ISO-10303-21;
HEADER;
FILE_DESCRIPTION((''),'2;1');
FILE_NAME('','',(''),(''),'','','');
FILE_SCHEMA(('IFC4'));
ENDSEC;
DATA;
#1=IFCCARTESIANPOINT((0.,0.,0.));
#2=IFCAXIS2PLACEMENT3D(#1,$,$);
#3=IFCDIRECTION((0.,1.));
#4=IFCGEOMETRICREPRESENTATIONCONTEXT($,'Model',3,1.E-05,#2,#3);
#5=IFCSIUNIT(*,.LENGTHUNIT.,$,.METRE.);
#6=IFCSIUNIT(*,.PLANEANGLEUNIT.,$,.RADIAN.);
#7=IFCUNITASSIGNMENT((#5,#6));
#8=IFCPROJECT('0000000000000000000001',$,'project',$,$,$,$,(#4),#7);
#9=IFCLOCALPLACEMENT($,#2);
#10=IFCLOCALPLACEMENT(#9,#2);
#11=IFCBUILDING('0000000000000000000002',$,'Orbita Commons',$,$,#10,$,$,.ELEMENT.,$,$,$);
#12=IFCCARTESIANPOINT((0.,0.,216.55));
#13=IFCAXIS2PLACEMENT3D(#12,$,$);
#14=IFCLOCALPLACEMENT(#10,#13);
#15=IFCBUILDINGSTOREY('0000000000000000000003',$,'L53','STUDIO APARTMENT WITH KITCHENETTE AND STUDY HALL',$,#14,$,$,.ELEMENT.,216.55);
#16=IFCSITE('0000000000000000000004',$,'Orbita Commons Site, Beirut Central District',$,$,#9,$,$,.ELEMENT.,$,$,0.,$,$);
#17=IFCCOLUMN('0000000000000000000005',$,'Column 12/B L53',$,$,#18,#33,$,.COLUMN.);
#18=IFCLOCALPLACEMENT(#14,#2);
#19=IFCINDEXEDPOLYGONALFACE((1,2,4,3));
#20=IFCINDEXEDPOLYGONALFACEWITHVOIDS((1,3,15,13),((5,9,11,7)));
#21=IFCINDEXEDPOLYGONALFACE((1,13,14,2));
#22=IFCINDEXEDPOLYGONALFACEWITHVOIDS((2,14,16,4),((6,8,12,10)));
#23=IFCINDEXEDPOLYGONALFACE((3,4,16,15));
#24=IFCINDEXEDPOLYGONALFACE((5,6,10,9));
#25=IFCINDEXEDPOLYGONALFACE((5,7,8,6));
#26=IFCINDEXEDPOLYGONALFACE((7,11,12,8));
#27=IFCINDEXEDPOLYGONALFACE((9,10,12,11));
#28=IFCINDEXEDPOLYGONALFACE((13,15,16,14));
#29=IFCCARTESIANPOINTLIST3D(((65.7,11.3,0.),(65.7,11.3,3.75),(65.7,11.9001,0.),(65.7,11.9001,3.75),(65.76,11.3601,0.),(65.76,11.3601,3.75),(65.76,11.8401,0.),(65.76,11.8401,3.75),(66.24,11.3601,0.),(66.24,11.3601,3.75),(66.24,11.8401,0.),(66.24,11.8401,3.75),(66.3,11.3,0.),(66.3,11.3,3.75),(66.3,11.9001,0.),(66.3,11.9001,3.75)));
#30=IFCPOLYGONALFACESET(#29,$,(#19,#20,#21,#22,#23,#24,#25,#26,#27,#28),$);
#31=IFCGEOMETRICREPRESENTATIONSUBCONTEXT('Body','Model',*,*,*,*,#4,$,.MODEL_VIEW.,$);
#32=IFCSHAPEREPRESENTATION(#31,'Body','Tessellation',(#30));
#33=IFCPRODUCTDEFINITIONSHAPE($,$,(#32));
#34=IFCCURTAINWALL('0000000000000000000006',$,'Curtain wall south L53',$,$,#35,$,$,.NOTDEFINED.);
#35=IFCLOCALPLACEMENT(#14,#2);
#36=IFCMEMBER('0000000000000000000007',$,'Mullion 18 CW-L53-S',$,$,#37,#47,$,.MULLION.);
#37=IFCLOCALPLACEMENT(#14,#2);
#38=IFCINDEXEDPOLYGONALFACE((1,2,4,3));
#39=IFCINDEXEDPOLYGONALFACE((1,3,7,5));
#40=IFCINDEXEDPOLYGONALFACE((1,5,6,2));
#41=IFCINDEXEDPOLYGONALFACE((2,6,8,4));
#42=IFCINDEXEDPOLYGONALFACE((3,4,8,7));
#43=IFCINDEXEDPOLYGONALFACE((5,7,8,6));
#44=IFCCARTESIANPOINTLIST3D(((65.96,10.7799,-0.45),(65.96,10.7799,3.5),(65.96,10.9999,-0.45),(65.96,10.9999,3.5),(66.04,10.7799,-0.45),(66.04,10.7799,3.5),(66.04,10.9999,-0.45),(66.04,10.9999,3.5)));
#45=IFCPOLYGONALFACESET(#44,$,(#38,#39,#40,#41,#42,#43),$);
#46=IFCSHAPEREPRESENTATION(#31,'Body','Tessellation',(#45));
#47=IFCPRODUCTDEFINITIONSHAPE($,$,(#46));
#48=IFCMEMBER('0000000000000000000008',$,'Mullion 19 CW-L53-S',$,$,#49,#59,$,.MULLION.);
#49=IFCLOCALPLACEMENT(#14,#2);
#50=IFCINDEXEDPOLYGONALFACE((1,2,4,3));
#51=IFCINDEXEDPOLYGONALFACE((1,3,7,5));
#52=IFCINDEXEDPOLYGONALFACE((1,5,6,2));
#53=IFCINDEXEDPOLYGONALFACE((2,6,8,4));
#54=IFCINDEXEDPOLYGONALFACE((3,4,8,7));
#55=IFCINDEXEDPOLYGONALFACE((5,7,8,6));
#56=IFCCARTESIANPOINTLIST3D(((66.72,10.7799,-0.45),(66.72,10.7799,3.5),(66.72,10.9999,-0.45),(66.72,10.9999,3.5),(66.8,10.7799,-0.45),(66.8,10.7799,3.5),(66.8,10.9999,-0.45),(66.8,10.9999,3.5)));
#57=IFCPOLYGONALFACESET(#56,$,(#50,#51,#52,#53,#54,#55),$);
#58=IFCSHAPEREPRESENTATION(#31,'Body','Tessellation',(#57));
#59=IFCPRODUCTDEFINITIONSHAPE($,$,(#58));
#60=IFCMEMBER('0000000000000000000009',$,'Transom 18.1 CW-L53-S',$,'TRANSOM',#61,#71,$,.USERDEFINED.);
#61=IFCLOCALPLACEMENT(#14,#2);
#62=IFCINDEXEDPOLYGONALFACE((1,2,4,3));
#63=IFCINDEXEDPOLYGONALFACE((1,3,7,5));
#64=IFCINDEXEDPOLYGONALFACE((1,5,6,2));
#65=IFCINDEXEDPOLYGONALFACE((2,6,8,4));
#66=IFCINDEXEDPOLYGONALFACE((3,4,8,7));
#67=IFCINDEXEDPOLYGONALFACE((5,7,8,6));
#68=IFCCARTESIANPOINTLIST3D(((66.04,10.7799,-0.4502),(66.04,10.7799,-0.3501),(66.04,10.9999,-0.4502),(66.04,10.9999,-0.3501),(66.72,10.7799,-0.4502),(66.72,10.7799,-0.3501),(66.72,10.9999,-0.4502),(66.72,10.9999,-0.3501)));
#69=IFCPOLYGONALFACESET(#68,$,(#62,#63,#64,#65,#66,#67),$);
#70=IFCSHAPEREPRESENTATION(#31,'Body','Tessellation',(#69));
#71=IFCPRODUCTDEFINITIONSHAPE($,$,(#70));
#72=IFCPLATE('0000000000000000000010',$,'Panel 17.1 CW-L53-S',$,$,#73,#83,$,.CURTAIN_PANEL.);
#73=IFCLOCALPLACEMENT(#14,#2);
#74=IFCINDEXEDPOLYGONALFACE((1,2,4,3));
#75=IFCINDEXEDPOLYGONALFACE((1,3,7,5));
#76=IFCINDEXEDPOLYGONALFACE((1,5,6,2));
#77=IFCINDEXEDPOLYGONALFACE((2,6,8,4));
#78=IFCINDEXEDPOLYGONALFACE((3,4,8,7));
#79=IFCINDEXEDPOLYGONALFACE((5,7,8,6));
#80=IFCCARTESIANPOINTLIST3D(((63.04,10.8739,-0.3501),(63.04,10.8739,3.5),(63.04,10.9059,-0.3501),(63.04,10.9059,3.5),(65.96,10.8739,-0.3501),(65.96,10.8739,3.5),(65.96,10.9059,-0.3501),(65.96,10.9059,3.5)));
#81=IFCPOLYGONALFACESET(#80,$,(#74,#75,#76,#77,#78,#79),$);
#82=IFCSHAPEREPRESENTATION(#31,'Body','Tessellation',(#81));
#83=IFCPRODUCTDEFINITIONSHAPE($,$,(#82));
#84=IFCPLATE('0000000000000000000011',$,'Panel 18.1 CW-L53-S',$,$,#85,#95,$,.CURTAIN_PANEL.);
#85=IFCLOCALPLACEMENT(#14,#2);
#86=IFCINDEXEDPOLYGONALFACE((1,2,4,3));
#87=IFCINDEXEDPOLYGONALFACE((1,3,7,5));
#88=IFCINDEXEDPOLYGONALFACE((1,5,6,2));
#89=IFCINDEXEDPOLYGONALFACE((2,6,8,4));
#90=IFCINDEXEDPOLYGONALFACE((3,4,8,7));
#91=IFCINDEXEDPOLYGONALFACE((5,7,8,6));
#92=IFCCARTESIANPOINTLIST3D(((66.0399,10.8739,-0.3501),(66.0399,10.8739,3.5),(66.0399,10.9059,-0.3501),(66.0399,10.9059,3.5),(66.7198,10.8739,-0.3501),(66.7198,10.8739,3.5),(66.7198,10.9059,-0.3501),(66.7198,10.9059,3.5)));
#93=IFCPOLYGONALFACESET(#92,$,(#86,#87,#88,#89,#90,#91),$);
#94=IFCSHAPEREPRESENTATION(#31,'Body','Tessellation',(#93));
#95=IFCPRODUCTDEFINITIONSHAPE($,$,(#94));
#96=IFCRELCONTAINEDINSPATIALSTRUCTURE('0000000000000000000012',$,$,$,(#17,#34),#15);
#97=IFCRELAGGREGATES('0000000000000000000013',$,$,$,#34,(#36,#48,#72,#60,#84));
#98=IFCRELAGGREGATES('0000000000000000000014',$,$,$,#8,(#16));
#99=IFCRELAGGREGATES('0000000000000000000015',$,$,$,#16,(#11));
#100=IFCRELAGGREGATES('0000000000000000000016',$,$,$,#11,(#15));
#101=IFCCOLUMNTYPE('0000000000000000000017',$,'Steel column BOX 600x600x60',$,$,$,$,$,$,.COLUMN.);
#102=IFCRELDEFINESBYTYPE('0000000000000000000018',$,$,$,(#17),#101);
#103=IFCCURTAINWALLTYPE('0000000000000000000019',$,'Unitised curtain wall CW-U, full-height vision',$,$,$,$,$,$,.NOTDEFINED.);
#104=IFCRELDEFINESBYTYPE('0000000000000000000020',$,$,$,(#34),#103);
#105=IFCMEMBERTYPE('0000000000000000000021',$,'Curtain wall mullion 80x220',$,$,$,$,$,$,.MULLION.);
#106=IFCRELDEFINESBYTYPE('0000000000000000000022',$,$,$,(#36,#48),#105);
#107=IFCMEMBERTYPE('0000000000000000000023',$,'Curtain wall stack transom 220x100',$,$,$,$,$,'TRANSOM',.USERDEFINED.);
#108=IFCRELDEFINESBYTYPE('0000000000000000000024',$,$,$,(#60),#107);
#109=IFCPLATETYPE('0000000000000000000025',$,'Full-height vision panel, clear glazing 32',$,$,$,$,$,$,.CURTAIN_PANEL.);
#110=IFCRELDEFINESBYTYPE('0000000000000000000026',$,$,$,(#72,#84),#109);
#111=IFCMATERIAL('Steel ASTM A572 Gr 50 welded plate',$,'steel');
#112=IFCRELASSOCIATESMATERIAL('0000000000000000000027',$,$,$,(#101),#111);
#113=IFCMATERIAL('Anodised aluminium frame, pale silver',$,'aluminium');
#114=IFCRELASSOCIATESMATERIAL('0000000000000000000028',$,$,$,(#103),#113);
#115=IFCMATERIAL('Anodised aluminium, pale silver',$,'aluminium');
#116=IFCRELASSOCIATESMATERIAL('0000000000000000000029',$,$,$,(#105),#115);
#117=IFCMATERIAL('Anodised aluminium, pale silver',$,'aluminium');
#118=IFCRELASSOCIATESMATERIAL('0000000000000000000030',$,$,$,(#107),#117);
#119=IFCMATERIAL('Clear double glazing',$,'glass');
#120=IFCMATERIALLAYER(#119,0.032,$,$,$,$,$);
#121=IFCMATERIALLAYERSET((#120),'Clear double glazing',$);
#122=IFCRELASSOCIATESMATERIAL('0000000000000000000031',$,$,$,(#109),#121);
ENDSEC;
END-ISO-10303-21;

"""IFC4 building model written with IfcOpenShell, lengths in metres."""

from ifc_helpers import new_model, si_unit, direction, frame, origin, origin_2d, place, context, subcontext, project, spatial, rectangle, hollow_rectangle, extrude, material, layer, layer_set, material_profile, profile_set, type_object, element, aggregate, save


model = new_model("IFC4")

# Units and contexts
model_context = context("Model", 3, precision=1e-05, world=origin(), true_north=direction((0.0, 1.0)))
body_context = subcontext(model_context, "Body", "Model", "MODEL_VIEW")
ifc_project = project(units=[si_unit("LENGTHUNIT", "METRE"), si_unit("PLANEANGLEUNIT", "RADIAN")], contexts=[model_context])

# Site, building, storey
site_placement = place(None, origin())
site = spatial("IfcSite", under=ifc_project, at=site_placement, Name="Orbita Commons Site, Beirut Central District", CompositionType="ELEMENT", RefElevation=0.0)
building_placement = place(site_placement, origin())
building = spatial("IfcBuilding", under=site, at=building_placement, Name="Orbita Commons", CompositionType="ELEMENT")
storey_placement = place(building_placement, frame((0.0, 0.0, 216.55)))
storey = spatial("IfcBuildingStorey", under=building, at=storey_placement, Name="L53", Description="STUDIO APARTMENT WITH KITCHENETTE AND STUDY HALL", CompositionType="ELEMENT", Elevation=216.55)

# Column
ifc_material_1 = material(Name="Steel ASTM A572 Gr 50 welded plate", Category="steel")
ifc_material_profile_1 = material_profile(ifc_material_1, hollow_rectangle(XDim=0.6001, YDim=0.6001, WallThickness=0.0601, at=origin_2d()), Name="BOX 600x600x60")
ifc_profile_set_1 = profile_set([ifc_material_profile_1], Name="Steel ASTM A572 Gr 50 welded plate")
column_type = type_object("IfcColumnType", Name="Steel column BOX 600x600x60", PredefinedType="COLUMN", material=ifc_profile_set_1)
column_placement = place(storey_placement, frame((66.0, 11.6001, 0.0), z_axis=(0.0, 0.0, 1.0), x_axis=(1.0, 0.0, 0.0)))
element("IfcColumn", 1, at=column_placement, inside=storey, type_object=column_type, Name="Column 12/B L53", PredefinedType="COLUMN", context=body_context, shape_type="SweptSolid", body=[
    extrude(hollow_rectangle(XDim=0.6001, YDim=0.6001, WallThickness=0.0601, at=origin_2d()), origin(), (0.0, 0.0, 1.0), 3.75),
])

# Curtain wall, members, plates
ifc_material_2 = material(Name="Anodised aluminium frame, pale silver", Category="aluminium")
curtain_wall_type = type_object("IfcCurtainWallType", Name="Unitised curtain wall CW-U, full-height vision", PredefinedType="NOTDEFINED", material=ifc_material_2)
curtain_wall_placement = place(storey_placement, origin())
curtain_wall = element("IfcCurtainWall", 2, at=curtain_wall_placement, inside=storey, type_object=curtain_wall_type, Name="Curtain wall south L53", PredefinedType="NOTDEFINED")
ifc_material_3 = material(Name="Anodised aluminium, pale silver", Category="aluminium")
ifc_material_profile_2 = material_profile(ifc_material_3, rectangle(XDim=0.0801, YDim=0.22, at=origin_2d()), Name="AL 80x220")
ifc_profile_set_2 = profile_set([ifc_material_profile_2], Name="Anodised aluminium, pale silver")
member_type_1 = type_object("IfcMemberType", Name="Curtain wall mullion 80x220", PredefinedType="MULLION", material=ifc_profile_set_2)
member_1_placement = place(storey_placement, frame((66.0, 10.8899, -0.45), z_axis=(0.0, 0.0, 1.0), x_axis=(1.0, 0.0, 0.0)))
member_1 = element("IfcMember", 3, at=member_1_placement, type_object=member_type_1, Name="Mullion 18 CW-L53-S", PredefinedType="MULLION", context=body_context, shape_type="SweptSolid", body=[
    extrude(rectangle(XDim=0.0801, YDim=0.22, at=origin_2d()), origin(), (0.0, 0.0, 1.0), 3.95),
])
member_2_placement = place(storey_placement, frame((66.76, 10.8899, -0.45), z_axis=(0.0, 0.0, 1.0), x_axis=(1.0, 0.0, 0.0)))
member_2 = element("IfcMember", 4, at=member_2_placement, type_object=member_type_1, Name="Mullion 19 CW-L53-S", PredefinedType="MULLION", context=body_context, shape_type="SweptSolid", body=[
    extrude(rectangle(XDim=0.0801, YDim=0.22, at=origin_2d()), origin(), (0.0, 0.0, 1.0), 3.95),
])
ifc_material_4 = material(Name="Anodised aluminium, pale silver", Category="aluminium")
ifc_material_profile_3 = material_profile(ifc_material_4, rectangle(XDim=0.22, YDim=0.1001, at=origin_2d()), Name="AL 220x100")
ifc_profile_set_3 = profile_set([ifc_material_profile_3], Name="Anodised aluminium, pale silver")
member_type_2 = type_object("IfcMemberType", Name="Curtain wall stack transom 220x100", ElementType="TRANSOM", PredefinedType="USERDEFINED", material=ifc_profile_set_3)
member_3_placement = place(storey_placement, frame((66.04, 10.8899, -0.4001), z_axis=(1.0, 0.0, 0.0), x_axis=(0.0, 1.0, 0.0)))
member_3 = element("IfcMember", 5, at=member_3_placement, type_object=member_type_2, Name="Transom 18.1 CW-L53-S", ObjectType="TRANSOM", PredefinedType="USERDEFINED", context=body_context, shape_type="SweptSolid", body=[
    extrude(rectangle(XDim=0.22, YDim=0.1001, at=origin_2d()), origin(), (0.0, 0.0, 1.0), 0.6799),
])
ifc_material_5 = material(Name="Clear double glazing", Category="glass")
ifc_layer_1 = layer(ifc_material_5, 0.032)
ifc_layer_set_1 = layer_set([ifc_layer_1], Name="Clear double glazing")
plate_type = type_object("IfcPlateType", Name="Full-height vision panel, clear glazing 32", PredefinedType="CURTAIN_PANEL", material=ifc_layer_set_1)
plate_1_placement = place(storey_placement, frame((64.5, 10.8899, -0.3501), z_axis=(0.0, 0.0, 1.0), x_axis=(1.0, 0.0, 0.0)))
plate_1 = element("IfcPlate", 6, at=plate_1_placement, type_object=plate_type, Name="Panel 17.1 CW-L53-S", PredefinedType="CURTAIN_PANEL", context=body_context, shape_type="SweptSolid", body=[
    extrude(rectangle(XDim=2.9199, YDim=0.032, at=origin_2d()), origin(), (0.0, 0.0, 1.0), 3.8501),
])
plate_2_placement = place(storey_placement, frame((66.3799, 10.8899, -0.3501), z_axis=(0.0, 0.0, 1.0), x_axis=(1.0, 0.0, 0.0)))
plate_2 = element("IfcPlate", 7, at=plate_2_placement, type_object=plate_type, Name="Panel 18.1 CW-L53-S", PredefinedType="CURTAIN_PANEL", context=body_context, shape_type="SweptSolid", body=[
    extrude(rectangle(XDim=0.6799, YDim=0.032, at=origin_2d()), origin(), (0.0, 0.0, 1.0), 3.8501),
])
aggregate(curtain_wall, [member_1, member_2, plate_1, member_3, plate_2])

save(model, "model.ifc")
